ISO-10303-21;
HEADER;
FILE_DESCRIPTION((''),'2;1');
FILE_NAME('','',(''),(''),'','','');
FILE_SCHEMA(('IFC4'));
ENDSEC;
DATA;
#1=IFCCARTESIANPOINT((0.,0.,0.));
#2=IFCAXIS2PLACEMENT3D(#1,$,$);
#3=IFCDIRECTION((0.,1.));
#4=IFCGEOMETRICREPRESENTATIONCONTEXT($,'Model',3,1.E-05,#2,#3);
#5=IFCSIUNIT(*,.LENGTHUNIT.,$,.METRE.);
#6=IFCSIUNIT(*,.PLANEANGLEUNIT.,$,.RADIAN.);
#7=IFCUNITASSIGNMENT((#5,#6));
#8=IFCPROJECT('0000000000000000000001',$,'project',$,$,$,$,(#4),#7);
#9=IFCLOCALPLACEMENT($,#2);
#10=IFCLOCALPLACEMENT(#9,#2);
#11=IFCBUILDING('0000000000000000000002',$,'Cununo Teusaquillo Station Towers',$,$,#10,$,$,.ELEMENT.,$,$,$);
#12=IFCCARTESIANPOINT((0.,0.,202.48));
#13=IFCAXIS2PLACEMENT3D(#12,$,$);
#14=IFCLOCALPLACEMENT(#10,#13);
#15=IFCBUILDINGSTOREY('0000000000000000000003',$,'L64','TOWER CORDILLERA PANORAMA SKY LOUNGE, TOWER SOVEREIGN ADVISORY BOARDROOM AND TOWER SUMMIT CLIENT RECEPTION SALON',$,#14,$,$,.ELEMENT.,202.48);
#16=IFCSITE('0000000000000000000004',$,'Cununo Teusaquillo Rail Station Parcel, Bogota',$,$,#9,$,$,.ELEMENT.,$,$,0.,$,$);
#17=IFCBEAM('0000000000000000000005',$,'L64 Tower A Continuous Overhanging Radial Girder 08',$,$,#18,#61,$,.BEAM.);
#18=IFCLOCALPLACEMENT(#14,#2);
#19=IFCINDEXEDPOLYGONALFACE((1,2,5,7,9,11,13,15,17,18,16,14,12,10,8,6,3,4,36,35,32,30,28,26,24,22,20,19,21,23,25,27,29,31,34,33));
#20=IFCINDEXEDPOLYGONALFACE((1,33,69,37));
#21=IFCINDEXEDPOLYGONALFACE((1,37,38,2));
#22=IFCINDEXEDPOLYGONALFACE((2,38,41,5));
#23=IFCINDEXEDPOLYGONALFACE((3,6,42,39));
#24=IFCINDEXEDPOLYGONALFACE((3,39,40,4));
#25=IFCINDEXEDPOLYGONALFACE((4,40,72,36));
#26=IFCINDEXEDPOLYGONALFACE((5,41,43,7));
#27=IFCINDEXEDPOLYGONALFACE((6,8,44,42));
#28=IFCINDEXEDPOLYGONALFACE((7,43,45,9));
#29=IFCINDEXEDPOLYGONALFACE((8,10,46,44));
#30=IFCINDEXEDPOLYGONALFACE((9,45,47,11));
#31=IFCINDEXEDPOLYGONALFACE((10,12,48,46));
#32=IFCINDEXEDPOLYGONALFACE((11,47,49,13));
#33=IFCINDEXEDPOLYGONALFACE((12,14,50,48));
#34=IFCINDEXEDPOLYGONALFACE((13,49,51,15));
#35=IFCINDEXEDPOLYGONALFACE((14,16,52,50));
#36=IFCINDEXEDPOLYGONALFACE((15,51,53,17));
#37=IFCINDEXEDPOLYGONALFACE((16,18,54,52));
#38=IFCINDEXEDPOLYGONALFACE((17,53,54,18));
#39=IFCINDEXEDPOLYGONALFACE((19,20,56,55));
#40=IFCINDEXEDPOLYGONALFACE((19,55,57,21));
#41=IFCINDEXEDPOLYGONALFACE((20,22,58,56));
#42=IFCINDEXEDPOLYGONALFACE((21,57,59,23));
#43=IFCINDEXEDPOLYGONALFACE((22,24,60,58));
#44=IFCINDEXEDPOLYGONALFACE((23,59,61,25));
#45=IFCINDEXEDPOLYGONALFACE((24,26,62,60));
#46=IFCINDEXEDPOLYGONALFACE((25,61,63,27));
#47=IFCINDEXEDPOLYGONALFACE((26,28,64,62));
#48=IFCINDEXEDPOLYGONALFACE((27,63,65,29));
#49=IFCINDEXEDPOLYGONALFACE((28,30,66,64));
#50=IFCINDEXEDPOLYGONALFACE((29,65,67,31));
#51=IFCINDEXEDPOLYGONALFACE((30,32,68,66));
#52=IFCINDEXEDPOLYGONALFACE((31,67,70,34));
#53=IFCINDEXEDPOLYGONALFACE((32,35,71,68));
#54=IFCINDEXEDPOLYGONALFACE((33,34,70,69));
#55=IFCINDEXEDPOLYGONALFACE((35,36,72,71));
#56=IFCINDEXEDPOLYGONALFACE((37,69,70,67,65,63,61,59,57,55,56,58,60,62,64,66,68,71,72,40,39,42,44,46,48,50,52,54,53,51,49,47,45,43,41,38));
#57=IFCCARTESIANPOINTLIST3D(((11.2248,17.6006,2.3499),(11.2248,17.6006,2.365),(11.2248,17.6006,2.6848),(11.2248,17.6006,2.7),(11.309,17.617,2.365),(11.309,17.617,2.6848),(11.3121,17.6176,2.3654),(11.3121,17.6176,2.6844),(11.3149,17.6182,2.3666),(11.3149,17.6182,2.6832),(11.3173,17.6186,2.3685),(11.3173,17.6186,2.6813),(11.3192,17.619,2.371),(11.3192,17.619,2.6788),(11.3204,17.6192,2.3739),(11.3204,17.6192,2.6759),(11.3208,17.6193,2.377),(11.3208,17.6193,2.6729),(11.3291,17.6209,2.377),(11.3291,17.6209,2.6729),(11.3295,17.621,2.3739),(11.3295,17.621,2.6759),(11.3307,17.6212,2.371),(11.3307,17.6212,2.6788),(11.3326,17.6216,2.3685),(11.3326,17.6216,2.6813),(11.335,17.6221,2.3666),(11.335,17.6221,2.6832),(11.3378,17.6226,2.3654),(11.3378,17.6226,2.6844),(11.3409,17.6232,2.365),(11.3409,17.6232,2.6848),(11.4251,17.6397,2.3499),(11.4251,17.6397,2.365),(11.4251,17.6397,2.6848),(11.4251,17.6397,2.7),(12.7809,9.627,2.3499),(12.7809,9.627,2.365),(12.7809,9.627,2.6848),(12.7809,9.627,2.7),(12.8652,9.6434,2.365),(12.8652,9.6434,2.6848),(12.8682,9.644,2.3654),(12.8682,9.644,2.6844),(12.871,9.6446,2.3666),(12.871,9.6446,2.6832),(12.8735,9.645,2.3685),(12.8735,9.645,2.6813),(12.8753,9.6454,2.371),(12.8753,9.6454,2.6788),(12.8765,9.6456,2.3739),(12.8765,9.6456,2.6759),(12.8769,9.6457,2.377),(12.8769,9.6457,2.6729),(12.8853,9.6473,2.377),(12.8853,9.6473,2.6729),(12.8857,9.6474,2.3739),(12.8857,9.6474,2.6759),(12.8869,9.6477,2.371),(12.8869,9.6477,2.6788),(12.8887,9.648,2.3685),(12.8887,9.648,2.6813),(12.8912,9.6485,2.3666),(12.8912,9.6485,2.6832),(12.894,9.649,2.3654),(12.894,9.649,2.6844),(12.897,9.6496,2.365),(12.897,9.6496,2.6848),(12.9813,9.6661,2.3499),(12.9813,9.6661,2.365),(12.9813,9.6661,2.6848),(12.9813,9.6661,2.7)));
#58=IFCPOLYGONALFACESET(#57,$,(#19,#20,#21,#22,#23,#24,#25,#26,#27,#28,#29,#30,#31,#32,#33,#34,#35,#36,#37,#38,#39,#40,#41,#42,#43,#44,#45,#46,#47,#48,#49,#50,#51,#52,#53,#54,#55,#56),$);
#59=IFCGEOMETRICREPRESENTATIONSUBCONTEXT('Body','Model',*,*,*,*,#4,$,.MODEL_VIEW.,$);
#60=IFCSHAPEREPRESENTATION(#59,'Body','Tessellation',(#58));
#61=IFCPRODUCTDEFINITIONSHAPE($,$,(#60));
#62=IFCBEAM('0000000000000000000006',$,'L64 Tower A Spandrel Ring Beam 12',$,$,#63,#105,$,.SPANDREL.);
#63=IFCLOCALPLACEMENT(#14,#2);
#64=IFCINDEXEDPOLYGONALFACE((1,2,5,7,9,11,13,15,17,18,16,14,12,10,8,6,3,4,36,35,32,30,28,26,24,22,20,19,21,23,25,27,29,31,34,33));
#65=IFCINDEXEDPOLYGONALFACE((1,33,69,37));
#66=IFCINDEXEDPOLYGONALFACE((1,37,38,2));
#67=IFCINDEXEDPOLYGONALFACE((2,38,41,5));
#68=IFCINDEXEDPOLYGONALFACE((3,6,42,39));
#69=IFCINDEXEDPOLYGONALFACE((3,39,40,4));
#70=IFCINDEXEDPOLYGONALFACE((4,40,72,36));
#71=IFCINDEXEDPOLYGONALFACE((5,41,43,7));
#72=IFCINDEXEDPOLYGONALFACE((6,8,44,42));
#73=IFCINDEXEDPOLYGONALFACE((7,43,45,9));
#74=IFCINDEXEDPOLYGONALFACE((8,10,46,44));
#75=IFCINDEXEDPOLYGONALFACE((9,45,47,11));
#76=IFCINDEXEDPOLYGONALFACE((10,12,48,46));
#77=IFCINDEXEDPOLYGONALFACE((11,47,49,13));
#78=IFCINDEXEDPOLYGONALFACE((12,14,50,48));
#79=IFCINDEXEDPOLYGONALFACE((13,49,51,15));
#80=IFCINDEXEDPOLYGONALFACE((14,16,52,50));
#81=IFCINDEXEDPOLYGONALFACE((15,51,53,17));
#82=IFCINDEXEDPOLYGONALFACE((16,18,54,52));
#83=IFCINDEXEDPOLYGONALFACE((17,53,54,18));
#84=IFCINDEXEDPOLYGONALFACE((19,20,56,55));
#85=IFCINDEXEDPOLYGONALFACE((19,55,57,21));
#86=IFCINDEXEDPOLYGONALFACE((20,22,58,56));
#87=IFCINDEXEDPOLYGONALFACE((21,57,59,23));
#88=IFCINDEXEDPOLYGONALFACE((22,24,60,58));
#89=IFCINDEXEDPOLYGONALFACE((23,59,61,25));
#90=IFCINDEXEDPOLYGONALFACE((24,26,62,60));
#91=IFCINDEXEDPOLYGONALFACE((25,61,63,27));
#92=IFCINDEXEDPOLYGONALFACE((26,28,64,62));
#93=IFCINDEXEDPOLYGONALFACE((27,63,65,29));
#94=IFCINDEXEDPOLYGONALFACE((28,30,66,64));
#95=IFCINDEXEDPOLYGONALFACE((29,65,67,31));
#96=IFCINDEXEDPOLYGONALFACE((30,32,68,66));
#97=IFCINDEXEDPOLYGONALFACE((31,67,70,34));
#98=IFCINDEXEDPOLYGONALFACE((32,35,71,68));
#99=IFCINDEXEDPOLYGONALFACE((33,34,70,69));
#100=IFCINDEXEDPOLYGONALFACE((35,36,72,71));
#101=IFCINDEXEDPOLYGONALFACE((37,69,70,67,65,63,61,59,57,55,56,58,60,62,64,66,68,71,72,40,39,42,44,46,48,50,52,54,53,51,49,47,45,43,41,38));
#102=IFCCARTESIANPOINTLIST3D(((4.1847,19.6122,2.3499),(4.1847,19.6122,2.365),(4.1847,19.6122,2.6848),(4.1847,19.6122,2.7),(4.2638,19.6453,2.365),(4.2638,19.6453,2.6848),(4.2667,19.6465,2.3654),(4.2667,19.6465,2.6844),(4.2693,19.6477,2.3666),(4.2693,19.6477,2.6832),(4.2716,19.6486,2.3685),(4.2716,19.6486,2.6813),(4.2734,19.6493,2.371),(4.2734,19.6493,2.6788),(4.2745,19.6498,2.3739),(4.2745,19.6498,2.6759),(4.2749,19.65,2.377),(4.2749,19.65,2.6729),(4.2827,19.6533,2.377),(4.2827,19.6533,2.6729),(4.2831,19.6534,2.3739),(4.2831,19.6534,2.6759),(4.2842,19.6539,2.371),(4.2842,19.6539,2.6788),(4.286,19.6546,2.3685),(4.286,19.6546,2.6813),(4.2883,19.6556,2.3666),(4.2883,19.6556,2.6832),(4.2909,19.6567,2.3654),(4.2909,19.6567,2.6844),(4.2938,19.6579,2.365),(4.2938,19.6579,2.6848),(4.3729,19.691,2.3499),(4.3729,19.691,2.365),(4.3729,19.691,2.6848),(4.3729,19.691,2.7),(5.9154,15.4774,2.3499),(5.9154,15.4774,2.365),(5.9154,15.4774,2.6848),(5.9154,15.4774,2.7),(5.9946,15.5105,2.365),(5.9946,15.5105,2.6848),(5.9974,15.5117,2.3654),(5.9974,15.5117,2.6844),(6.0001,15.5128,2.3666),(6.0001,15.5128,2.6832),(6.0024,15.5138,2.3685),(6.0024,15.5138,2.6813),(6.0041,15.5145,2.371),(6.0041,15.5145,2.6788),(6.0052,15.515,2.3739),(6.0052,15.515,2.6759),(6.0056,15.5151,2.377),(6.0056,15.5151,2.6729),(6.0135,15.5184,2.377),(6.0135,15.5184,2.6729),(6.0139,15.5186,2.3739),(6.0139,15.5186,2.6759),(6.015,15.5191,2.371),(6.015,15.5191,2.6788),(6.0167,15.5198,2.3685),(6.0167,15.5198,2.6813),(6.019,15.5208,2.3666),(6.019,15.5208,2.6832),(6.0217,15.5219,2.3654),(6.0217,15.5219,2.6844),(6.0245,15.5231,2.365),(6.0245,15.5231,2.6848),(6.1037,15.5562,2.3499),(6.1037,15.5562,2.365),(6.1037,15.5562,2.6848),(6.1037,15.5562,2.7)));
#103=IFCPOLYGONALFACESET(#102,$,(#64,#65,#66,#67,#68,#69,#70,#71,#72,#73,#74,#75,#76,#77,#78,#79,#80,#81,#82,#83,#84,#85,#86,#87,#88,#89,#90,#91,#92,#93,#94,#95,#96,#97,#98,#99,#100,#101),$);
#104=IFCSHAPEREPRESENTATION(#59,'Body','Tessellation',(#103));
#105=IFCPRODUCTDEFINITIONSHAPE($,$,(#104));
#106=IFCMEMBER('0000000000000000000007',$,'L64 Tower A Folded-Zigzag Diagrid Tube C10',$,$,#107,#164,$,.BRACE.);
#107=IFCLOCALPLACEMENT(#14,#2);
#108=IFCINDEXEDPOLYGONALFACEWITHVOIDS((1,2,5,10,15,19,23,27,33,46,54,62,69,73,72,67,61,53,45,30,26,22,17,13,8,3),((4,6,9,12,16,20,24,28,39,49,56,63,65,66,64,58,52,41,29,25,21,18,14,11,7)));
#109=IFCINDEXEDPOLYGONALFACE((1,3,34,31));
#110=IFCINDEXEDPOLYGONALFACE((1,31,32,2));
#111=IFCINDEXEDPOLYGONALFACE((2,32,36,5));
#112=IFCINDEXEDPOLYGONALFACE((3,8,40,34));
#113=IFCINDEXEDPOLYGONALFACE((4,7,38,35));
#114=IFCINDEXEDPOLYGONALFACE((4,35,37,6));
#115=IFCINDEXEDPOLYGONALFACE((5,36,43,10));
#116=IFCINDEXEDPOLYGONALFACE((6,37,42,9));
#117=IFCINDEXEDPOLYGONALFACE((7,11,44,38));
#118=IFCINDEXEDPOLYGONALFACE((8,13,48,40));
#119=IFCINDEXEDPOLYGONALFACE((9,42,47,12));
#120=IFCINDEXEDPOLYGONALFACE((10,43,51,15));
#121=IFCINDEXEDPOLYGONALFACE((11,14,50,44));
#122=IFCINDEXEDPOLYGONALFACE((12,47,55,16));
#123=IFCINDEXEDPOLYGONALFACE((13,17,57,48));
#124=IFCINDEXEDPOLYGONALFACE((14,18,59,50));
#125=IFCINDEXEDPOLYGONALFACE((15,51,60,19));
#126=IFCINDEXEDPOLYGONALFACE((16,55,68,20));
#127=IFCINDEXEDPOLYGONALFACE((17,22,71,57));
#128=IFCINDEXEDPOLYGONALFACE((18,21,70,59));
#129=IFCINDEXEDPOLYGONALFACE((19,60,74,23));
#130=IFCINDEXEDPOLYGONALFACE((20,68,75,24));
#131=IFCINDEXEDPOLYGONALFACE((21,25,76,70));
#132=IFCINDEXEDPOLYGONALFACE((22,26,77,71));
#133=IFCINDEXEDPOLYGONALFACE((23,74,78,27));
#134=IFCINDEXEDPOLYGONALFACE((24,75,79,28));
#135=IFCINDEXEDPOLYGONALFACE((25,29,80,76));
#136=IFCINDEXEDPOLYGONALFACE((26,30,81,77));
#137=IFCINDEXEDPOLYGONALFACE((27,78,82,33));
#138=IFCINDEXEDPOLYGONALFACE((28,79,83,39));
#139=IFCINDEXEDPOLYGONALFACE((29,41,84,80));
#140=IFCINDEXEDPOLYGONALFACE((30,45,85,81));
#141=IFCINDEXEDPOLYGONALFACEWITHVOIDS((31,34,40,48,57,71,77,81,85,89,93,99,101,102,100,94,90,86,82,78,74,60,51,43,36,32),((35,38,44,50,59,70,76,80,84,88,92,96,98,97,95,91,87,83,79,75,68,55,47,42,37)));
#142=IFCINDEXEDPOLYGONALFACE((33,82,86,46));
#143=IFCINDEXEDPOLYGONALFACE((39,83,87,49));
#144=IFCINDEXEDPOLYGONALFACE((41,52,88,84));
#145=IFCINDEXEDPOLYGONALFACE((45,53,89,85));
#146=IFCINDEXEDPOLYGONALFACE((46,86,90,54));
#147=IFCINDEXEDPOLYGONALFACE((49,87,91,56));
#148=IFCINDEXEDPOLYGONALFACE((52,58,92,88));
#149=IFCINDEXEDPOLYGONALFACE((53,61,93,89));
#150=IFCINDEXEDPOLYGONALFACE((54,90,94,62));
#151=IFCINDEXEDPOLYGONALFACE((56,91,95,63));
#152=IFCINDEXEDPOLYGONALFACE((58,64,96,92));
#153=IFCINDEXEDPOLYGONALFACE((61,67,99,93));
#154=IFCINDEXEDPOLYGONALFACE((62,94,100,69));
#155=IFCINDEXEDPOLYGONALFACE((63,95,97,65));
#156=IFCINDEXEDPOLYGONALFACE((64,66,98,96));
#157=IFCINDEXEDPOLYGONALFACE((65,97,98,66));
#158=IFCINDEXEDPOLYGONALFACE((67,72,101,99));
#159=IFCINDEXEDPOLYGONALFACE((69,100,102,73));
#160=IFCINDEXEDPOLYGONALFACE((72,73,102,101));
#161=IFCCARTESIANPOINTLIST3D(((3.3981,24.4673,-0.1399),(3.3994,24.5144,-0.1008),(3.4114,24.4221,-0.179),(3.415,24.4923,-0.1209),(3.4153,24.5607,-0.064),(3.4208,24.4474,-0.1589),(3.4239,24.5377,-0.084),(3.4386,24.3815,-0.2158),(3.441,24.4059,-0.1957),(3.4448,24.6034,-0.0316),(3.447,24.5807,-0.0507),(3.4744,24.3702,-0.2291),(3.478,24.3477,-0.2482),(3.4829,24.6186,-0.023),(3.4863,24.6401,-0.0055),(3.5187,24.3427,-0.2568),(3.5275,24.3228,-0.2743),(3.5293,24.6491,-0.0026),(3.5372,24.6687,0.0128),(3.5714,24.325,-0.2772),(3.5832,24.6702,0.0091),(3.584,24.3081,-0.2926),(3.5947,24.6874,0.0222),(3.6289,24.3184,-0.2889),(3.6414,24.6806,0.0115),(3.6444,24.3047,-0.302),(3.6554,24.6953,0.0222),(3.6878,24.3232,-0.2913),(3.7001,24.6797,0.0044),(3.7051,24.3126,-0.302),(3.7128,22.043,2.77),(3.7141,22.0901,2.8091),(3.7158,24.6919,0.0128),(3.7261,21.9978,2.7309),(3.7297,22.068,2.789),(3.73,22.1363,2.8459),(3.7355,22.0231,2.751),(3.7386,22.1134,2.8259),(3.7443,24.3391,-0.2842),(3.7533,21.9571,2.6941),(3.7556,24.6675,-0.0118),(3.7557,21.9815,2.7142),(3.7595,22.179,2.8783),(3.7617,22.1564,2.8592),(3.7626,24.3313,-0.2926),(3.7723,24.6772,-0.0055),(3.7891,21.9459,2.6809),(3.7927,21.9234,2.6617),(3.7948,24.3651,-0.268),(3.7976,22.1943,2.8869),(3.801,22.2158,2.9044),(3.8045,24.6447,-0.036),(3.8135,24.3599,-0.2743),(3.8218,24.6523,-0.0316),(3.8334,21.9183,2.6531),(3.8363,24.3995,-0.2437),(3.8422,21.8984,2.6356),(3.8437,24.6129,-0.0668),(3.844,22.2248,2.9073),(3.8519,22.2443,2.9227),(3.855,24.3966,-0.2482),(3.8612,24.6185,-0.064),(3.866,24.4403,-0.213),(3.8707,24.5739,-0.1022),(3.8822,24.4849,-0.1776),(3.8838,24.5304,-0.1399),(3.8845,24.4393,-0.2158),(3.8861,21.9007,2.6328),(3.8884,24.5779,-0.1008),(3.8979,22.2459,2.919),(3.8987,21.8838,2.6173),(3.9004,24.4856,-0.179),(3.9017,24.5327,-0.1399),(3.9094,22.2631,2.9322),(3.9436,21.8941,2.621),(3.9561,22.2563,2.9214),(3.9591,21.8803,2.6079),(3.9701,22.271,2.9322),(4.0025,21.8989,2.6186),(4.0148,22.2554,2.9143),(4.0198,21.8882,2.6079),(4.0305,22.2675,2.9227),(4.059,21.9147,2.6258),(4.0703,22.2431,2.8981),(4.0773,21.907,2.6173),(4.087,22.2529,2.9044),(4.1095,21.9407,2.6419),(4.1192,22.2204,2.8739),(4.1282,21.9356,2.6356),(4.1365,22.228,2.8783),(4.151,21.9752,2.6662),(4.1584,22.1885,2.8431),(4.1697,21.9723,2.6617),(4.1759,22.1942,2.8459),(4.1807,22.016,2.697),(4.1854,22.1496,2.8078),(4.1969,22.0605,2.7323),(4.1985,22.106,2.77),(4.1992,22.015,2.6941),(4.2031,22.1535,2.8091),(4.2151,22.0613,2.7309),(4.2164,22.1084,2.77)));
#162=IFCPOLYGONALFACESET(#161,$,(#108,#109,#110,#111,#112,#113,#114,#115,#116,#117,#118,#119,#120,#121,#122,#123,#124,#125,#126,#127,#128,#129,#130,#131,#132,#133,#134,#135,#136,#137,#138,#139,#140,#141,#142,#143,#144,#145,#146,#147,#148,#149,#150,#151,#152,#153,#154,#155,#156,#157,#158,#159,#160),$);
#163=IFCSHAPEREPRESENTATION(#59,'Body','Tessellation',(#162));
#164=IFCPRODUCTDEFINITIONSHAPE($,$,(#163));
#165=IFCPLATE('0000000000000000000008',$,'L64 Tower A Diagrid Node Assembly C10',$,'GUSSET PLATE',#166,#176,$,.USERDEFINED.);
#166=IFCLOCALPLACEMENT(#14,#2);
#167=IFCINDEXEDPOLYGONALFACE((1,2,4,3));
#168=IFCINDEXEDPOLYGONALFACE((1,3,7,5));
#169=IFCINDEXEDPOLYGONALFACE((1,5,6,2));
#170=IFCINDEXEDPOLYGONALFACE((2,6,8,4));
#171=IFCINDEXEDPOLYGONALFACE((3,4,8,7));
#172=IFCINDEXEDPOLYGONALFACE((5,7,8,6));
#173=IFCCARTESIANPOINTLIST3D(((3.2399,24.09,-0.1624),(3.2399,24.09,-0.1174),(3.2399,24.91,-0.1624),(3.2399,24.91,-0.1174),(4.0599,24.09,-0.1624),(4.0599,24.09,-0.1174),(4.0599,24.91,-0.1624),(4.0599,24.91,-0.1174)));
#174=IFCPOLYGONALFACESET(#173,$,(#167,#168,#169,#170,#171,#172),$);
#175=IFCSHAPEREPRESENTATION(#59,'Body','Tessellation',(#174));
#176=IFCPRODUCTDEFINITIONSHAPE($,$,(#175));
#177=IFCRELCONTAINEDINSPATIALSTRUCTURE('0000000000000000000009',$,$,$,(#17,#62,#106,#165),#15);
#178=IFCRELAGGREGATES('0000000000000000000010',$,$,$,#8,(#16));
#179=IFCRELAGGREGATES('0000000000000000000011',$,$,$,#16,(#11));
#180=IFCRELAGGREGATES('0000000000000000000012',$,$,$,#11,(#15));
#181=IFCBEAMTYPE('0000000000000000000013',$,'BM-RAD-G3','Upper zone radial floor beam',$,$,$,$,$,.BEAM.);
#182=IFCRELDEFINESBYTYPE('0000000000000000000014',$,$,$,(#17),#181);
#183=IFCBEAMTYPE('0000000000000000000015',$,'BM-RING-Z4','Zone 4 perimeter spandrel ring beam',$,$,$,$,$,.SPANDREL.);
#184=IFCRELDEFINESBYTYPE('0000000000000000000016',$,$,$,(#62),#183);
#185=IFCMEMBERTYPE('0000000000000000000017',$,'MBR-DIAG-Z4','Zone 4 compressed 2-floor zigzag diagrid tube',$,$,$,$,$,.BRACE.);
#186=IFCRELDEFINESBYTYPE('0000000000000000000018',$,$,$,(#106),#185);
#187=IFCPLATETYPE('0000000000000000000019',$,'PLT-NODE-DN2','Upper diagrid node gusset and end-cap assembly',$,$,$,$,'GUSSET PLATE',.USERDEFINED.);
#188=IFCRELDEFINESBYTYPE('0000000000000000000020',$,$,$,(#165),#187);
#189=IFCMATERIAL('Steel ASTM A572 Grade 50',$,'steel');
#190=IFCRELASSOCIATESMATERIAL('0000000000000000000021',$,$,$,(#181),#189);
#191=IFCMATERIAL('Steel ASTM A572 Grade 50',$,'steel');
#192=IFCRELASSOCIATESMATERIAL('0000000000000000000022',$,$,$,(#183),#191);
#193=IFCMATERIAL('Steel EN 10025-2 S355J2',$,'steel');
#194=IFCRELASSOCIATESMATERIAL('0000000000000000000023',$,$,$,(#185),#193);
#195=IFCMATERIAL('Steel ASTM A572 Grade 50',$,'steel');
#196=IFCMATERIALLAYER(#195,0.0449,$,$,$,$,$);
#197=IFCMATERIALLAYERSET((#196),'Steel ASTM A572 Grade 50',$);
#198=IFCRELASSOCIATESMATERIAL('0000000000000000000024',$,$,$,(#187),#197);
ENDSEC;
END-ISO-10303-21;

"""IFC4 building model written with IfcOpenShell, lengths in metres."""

from ifc_helpers import new_model, si_unit, direction, frame, origin, origin_2d, place, context, subcontext, project, spatial, rectangle, hollow_circle, i_section, extrude, source, transform, mapped, material, layer, layer_set, material_profile, profile_set, type_object, element, save


model = new_model("IFC4")

# Units and contexts
model_context = context("Model", 3, precision=1e-05, world=origin(), true_north=direction((0.0, 1.0)))
body_context = subcontext(model_context, "Body", "Model", "MODEL_VIEW")
ifc_project = project(units=[si_unit("LENGTHUNIT", "METRE"), si_unit("PLANEANGLEUNIT", "RADIAN")], contexts=[model_context])

# Site, building, storey
site_placement = place(None, origin())
site = spatial("IfcSite", under=ifc_project, at=site_placement, Name="Cununo Teusaquillo Rail Station Parcel, Bogota", CompositionType="ELEMENT", RefElevation=0.0)
building_placement = place(site_placement, origin())
building = spatial("IfcBuilding", under=site, at=building_placement, Name="Cununo Teusaquillo Station Towers", CompositionType="ELEMENT")
storey_placement = place(building_placement, frame((0.0, 0.0, 202.48)))
storey = spatial("IfcBuildingStorey", under=building, at=storey_placement, Name="L64", Description="TOWER CORDILLERA PANORAMA SKY LOUNGE, TOWER SOVEREIGN ADVISORY BOARDROOM AND TOWER SUMMIT CLIENT RECEPTION SALON", CompositionType="ELEMENT", Elevation=202.48)

# Beams
ifc_material_1 = material(Name="Steel ASTM A572 Grade 50", Category="steel")
ifc_material_profile_1 = material_profile(ifc_material_1, i_section(OverallWidth=0.2041, OverallDepth=0.3501, WebThickness=0.0085, FlangeThickness=0.0151, FilletRadius=0.012, at=origin_2d()), Name="W14X48")
ifc_profile_set_1 = profile_set([ifc_material_profile_1], Name="Steel ASTM A572 Grade 50")
beam_type_1 = type_object("IfcBeamType", Name="BM-RAD-G3", Description="Upper zone radial floor beam", PredefinedType="BEAM", material=ifc_profile_set_1)
beam_1_placement = place(storey_placement, frame((11.325, 17.6201, 2.5249), z_axis=(0.191548, -0.981483, 0.0), x_axis=(0.981483, 0.191548, 0.0)))
element("IfcBeam", 1, at=beam_1_placement, inside=storey, type_object=beam_type_1, Name="L64 Tower A Continuous Overhanging Radial Girder 08", PredefinedType="BEAM", context=body_context, shape_type="SweptSolid", body=[
    extrude(i_section(OverallWidth=0.2041, OverallDepth=0.3501, WebThickness=0.0085, FlangeThickness=0.0151, FilletRadius=0.012, at=origin_2d()), origin(), (0.0, 0.0, 1.0), 8.124),
])
ifc_material_2 = material(Name="Steel ASTM A572 Grade 50", Category="steel")
ifc_material_profile_2 = material_profile(ifc_material_2, i_section(OverallWidth=0.2041, OverallDepth=0.3501, WebThickness=0.0085, FlangeThickness=0.0151, FilletRadius=0.012, at=origin_2d()), Name="W14X48")
ifc_profile_set_2 = profile_set([ifc_material_profile_2], Name="Steel ASTM A572 Grade 50")
beam_type_2 = type_object("IfcBeamType", Name="BM-RING-Z4", Description="Zone 4 perimeter spandrel ring beam", PredefinedType="SPANDREL", material=ifc_profile_set_2)
beam_2_placement = place(storey_placement, frame((4.2788, 19.6516, 2.5249), z_axis=(0.386115, -0.92245, 0.0), x_axis=(0.92245, 0.386115, 0.0)))
element("IfcBeam", 2, at=beam_2_placement, inside=storey, type_object=beam_type_2, Name="L64 Tower A Spandrel Ring Beam 12", PredefinedType="SPANDREL", context=body_context, shape_type="SweptSolid", body=[
    extrude(i_section(OverallWidth=0.2041, OverallDepth=0.3501, WebThickness=0.0085, FlangeThickness=0.0151, FilletRadius=0.012, at=origin_2d()), origin(), (0.0, 0.0, 1.0), 4.4824),
])

# Member
ifc_material_3 = material(Name="Steel EN 10025-2 S355J2", Category="steel")
ifc_material_profile_3 = material_profile(ifc_material_3, hollow_circle(Radius=0.2539, WallThickness=0.0181, at=origin_2d()), Name="CHS 508x18")
ifc_profile_set_3 = profile_set([ifc_material_profile_3], Name="Steel EN 10025-2 S355J2")
member_type = type_object("IfcMemberType", Name="MBR-DIAG-Z4", Description="Zone 4 compressed 2-floor zigzag diagrid tube", PredefinedType="BRACE", material=ifc_profile_set_3)
member_placement = place(storey_placement, frame((3.6499, 24.5, -0.1399), z_axis=(0.082804, -0.637891, 0.765662), x_axis=(0.99168, 0.128729, 0.0)))
element("IfcMember", 3, at=member_placement, inside=storey, type_object=member_type, Name="L64 Tower A Folded-Zigzag Diagrid Tube C10", PredefinedType="BRACE", context=body_context, shape_type="SweptSolid", body=[
    extrude(hollow_circle(Radius=0.2539, WallThickness=0.0181, at=origin_2d()), origin(), (0.0, 0.0, 1.0), 3.8005),
])

# Plate
ifc_material_4 = material(Name="Steel ASTM A572 Grade 50", Category="steel")
ifc_layer_1 = layer(ifc_material_4, 0.0449)
ifc_layer_set_1 = layer_set([ifc_layer_1], Name="Steel ASTM A572 Grade 50")
plate_type = type_object("IfcPlateType", Name="PLT-NODE-DN2", Description="Upper diagrid node gusset and end-cap assembly", ElementType="GUSSET PLATE", PredefinedType="USERDEFINED", material=ifc_layer_set_1)
shared_shape_1 = source(origin(), body_context, "Body", "SweptSolid", [
    extrude(rectangle(XDim=0.8201, YDim=0.8201, at=origin_2d()), origin(), (0.0, 0.0, 1.0), 0.0449),
])
plate_placement = place(storey_placement, frame((3.6499, 24.5, -0.1624), z_axis=(0.0, 0.0, 1.0), x_axis=(1.0, 0.0, 0.0)))
element("IfcPlate", 4, at=plate_placement, inside=storey, type_object=plate_type, Name="L64 Tower A Diagrid Node Assembly C10", ObjectType="GUSSET PLATE", PredefinedType="USERDEFINED", context=body_context, shape_type="MappedRepresentation", body=[
    mapped(shared_shape_1, transform((0.0, 0.0, 0.0), x_axis=(1.0, 0.0, 0.0), y_axis=(0.0, 1.0, 0.0), z_axis=(0.0, 0.0, 1.0), scale=1.0)),
])

save(model, "model.ifc")
